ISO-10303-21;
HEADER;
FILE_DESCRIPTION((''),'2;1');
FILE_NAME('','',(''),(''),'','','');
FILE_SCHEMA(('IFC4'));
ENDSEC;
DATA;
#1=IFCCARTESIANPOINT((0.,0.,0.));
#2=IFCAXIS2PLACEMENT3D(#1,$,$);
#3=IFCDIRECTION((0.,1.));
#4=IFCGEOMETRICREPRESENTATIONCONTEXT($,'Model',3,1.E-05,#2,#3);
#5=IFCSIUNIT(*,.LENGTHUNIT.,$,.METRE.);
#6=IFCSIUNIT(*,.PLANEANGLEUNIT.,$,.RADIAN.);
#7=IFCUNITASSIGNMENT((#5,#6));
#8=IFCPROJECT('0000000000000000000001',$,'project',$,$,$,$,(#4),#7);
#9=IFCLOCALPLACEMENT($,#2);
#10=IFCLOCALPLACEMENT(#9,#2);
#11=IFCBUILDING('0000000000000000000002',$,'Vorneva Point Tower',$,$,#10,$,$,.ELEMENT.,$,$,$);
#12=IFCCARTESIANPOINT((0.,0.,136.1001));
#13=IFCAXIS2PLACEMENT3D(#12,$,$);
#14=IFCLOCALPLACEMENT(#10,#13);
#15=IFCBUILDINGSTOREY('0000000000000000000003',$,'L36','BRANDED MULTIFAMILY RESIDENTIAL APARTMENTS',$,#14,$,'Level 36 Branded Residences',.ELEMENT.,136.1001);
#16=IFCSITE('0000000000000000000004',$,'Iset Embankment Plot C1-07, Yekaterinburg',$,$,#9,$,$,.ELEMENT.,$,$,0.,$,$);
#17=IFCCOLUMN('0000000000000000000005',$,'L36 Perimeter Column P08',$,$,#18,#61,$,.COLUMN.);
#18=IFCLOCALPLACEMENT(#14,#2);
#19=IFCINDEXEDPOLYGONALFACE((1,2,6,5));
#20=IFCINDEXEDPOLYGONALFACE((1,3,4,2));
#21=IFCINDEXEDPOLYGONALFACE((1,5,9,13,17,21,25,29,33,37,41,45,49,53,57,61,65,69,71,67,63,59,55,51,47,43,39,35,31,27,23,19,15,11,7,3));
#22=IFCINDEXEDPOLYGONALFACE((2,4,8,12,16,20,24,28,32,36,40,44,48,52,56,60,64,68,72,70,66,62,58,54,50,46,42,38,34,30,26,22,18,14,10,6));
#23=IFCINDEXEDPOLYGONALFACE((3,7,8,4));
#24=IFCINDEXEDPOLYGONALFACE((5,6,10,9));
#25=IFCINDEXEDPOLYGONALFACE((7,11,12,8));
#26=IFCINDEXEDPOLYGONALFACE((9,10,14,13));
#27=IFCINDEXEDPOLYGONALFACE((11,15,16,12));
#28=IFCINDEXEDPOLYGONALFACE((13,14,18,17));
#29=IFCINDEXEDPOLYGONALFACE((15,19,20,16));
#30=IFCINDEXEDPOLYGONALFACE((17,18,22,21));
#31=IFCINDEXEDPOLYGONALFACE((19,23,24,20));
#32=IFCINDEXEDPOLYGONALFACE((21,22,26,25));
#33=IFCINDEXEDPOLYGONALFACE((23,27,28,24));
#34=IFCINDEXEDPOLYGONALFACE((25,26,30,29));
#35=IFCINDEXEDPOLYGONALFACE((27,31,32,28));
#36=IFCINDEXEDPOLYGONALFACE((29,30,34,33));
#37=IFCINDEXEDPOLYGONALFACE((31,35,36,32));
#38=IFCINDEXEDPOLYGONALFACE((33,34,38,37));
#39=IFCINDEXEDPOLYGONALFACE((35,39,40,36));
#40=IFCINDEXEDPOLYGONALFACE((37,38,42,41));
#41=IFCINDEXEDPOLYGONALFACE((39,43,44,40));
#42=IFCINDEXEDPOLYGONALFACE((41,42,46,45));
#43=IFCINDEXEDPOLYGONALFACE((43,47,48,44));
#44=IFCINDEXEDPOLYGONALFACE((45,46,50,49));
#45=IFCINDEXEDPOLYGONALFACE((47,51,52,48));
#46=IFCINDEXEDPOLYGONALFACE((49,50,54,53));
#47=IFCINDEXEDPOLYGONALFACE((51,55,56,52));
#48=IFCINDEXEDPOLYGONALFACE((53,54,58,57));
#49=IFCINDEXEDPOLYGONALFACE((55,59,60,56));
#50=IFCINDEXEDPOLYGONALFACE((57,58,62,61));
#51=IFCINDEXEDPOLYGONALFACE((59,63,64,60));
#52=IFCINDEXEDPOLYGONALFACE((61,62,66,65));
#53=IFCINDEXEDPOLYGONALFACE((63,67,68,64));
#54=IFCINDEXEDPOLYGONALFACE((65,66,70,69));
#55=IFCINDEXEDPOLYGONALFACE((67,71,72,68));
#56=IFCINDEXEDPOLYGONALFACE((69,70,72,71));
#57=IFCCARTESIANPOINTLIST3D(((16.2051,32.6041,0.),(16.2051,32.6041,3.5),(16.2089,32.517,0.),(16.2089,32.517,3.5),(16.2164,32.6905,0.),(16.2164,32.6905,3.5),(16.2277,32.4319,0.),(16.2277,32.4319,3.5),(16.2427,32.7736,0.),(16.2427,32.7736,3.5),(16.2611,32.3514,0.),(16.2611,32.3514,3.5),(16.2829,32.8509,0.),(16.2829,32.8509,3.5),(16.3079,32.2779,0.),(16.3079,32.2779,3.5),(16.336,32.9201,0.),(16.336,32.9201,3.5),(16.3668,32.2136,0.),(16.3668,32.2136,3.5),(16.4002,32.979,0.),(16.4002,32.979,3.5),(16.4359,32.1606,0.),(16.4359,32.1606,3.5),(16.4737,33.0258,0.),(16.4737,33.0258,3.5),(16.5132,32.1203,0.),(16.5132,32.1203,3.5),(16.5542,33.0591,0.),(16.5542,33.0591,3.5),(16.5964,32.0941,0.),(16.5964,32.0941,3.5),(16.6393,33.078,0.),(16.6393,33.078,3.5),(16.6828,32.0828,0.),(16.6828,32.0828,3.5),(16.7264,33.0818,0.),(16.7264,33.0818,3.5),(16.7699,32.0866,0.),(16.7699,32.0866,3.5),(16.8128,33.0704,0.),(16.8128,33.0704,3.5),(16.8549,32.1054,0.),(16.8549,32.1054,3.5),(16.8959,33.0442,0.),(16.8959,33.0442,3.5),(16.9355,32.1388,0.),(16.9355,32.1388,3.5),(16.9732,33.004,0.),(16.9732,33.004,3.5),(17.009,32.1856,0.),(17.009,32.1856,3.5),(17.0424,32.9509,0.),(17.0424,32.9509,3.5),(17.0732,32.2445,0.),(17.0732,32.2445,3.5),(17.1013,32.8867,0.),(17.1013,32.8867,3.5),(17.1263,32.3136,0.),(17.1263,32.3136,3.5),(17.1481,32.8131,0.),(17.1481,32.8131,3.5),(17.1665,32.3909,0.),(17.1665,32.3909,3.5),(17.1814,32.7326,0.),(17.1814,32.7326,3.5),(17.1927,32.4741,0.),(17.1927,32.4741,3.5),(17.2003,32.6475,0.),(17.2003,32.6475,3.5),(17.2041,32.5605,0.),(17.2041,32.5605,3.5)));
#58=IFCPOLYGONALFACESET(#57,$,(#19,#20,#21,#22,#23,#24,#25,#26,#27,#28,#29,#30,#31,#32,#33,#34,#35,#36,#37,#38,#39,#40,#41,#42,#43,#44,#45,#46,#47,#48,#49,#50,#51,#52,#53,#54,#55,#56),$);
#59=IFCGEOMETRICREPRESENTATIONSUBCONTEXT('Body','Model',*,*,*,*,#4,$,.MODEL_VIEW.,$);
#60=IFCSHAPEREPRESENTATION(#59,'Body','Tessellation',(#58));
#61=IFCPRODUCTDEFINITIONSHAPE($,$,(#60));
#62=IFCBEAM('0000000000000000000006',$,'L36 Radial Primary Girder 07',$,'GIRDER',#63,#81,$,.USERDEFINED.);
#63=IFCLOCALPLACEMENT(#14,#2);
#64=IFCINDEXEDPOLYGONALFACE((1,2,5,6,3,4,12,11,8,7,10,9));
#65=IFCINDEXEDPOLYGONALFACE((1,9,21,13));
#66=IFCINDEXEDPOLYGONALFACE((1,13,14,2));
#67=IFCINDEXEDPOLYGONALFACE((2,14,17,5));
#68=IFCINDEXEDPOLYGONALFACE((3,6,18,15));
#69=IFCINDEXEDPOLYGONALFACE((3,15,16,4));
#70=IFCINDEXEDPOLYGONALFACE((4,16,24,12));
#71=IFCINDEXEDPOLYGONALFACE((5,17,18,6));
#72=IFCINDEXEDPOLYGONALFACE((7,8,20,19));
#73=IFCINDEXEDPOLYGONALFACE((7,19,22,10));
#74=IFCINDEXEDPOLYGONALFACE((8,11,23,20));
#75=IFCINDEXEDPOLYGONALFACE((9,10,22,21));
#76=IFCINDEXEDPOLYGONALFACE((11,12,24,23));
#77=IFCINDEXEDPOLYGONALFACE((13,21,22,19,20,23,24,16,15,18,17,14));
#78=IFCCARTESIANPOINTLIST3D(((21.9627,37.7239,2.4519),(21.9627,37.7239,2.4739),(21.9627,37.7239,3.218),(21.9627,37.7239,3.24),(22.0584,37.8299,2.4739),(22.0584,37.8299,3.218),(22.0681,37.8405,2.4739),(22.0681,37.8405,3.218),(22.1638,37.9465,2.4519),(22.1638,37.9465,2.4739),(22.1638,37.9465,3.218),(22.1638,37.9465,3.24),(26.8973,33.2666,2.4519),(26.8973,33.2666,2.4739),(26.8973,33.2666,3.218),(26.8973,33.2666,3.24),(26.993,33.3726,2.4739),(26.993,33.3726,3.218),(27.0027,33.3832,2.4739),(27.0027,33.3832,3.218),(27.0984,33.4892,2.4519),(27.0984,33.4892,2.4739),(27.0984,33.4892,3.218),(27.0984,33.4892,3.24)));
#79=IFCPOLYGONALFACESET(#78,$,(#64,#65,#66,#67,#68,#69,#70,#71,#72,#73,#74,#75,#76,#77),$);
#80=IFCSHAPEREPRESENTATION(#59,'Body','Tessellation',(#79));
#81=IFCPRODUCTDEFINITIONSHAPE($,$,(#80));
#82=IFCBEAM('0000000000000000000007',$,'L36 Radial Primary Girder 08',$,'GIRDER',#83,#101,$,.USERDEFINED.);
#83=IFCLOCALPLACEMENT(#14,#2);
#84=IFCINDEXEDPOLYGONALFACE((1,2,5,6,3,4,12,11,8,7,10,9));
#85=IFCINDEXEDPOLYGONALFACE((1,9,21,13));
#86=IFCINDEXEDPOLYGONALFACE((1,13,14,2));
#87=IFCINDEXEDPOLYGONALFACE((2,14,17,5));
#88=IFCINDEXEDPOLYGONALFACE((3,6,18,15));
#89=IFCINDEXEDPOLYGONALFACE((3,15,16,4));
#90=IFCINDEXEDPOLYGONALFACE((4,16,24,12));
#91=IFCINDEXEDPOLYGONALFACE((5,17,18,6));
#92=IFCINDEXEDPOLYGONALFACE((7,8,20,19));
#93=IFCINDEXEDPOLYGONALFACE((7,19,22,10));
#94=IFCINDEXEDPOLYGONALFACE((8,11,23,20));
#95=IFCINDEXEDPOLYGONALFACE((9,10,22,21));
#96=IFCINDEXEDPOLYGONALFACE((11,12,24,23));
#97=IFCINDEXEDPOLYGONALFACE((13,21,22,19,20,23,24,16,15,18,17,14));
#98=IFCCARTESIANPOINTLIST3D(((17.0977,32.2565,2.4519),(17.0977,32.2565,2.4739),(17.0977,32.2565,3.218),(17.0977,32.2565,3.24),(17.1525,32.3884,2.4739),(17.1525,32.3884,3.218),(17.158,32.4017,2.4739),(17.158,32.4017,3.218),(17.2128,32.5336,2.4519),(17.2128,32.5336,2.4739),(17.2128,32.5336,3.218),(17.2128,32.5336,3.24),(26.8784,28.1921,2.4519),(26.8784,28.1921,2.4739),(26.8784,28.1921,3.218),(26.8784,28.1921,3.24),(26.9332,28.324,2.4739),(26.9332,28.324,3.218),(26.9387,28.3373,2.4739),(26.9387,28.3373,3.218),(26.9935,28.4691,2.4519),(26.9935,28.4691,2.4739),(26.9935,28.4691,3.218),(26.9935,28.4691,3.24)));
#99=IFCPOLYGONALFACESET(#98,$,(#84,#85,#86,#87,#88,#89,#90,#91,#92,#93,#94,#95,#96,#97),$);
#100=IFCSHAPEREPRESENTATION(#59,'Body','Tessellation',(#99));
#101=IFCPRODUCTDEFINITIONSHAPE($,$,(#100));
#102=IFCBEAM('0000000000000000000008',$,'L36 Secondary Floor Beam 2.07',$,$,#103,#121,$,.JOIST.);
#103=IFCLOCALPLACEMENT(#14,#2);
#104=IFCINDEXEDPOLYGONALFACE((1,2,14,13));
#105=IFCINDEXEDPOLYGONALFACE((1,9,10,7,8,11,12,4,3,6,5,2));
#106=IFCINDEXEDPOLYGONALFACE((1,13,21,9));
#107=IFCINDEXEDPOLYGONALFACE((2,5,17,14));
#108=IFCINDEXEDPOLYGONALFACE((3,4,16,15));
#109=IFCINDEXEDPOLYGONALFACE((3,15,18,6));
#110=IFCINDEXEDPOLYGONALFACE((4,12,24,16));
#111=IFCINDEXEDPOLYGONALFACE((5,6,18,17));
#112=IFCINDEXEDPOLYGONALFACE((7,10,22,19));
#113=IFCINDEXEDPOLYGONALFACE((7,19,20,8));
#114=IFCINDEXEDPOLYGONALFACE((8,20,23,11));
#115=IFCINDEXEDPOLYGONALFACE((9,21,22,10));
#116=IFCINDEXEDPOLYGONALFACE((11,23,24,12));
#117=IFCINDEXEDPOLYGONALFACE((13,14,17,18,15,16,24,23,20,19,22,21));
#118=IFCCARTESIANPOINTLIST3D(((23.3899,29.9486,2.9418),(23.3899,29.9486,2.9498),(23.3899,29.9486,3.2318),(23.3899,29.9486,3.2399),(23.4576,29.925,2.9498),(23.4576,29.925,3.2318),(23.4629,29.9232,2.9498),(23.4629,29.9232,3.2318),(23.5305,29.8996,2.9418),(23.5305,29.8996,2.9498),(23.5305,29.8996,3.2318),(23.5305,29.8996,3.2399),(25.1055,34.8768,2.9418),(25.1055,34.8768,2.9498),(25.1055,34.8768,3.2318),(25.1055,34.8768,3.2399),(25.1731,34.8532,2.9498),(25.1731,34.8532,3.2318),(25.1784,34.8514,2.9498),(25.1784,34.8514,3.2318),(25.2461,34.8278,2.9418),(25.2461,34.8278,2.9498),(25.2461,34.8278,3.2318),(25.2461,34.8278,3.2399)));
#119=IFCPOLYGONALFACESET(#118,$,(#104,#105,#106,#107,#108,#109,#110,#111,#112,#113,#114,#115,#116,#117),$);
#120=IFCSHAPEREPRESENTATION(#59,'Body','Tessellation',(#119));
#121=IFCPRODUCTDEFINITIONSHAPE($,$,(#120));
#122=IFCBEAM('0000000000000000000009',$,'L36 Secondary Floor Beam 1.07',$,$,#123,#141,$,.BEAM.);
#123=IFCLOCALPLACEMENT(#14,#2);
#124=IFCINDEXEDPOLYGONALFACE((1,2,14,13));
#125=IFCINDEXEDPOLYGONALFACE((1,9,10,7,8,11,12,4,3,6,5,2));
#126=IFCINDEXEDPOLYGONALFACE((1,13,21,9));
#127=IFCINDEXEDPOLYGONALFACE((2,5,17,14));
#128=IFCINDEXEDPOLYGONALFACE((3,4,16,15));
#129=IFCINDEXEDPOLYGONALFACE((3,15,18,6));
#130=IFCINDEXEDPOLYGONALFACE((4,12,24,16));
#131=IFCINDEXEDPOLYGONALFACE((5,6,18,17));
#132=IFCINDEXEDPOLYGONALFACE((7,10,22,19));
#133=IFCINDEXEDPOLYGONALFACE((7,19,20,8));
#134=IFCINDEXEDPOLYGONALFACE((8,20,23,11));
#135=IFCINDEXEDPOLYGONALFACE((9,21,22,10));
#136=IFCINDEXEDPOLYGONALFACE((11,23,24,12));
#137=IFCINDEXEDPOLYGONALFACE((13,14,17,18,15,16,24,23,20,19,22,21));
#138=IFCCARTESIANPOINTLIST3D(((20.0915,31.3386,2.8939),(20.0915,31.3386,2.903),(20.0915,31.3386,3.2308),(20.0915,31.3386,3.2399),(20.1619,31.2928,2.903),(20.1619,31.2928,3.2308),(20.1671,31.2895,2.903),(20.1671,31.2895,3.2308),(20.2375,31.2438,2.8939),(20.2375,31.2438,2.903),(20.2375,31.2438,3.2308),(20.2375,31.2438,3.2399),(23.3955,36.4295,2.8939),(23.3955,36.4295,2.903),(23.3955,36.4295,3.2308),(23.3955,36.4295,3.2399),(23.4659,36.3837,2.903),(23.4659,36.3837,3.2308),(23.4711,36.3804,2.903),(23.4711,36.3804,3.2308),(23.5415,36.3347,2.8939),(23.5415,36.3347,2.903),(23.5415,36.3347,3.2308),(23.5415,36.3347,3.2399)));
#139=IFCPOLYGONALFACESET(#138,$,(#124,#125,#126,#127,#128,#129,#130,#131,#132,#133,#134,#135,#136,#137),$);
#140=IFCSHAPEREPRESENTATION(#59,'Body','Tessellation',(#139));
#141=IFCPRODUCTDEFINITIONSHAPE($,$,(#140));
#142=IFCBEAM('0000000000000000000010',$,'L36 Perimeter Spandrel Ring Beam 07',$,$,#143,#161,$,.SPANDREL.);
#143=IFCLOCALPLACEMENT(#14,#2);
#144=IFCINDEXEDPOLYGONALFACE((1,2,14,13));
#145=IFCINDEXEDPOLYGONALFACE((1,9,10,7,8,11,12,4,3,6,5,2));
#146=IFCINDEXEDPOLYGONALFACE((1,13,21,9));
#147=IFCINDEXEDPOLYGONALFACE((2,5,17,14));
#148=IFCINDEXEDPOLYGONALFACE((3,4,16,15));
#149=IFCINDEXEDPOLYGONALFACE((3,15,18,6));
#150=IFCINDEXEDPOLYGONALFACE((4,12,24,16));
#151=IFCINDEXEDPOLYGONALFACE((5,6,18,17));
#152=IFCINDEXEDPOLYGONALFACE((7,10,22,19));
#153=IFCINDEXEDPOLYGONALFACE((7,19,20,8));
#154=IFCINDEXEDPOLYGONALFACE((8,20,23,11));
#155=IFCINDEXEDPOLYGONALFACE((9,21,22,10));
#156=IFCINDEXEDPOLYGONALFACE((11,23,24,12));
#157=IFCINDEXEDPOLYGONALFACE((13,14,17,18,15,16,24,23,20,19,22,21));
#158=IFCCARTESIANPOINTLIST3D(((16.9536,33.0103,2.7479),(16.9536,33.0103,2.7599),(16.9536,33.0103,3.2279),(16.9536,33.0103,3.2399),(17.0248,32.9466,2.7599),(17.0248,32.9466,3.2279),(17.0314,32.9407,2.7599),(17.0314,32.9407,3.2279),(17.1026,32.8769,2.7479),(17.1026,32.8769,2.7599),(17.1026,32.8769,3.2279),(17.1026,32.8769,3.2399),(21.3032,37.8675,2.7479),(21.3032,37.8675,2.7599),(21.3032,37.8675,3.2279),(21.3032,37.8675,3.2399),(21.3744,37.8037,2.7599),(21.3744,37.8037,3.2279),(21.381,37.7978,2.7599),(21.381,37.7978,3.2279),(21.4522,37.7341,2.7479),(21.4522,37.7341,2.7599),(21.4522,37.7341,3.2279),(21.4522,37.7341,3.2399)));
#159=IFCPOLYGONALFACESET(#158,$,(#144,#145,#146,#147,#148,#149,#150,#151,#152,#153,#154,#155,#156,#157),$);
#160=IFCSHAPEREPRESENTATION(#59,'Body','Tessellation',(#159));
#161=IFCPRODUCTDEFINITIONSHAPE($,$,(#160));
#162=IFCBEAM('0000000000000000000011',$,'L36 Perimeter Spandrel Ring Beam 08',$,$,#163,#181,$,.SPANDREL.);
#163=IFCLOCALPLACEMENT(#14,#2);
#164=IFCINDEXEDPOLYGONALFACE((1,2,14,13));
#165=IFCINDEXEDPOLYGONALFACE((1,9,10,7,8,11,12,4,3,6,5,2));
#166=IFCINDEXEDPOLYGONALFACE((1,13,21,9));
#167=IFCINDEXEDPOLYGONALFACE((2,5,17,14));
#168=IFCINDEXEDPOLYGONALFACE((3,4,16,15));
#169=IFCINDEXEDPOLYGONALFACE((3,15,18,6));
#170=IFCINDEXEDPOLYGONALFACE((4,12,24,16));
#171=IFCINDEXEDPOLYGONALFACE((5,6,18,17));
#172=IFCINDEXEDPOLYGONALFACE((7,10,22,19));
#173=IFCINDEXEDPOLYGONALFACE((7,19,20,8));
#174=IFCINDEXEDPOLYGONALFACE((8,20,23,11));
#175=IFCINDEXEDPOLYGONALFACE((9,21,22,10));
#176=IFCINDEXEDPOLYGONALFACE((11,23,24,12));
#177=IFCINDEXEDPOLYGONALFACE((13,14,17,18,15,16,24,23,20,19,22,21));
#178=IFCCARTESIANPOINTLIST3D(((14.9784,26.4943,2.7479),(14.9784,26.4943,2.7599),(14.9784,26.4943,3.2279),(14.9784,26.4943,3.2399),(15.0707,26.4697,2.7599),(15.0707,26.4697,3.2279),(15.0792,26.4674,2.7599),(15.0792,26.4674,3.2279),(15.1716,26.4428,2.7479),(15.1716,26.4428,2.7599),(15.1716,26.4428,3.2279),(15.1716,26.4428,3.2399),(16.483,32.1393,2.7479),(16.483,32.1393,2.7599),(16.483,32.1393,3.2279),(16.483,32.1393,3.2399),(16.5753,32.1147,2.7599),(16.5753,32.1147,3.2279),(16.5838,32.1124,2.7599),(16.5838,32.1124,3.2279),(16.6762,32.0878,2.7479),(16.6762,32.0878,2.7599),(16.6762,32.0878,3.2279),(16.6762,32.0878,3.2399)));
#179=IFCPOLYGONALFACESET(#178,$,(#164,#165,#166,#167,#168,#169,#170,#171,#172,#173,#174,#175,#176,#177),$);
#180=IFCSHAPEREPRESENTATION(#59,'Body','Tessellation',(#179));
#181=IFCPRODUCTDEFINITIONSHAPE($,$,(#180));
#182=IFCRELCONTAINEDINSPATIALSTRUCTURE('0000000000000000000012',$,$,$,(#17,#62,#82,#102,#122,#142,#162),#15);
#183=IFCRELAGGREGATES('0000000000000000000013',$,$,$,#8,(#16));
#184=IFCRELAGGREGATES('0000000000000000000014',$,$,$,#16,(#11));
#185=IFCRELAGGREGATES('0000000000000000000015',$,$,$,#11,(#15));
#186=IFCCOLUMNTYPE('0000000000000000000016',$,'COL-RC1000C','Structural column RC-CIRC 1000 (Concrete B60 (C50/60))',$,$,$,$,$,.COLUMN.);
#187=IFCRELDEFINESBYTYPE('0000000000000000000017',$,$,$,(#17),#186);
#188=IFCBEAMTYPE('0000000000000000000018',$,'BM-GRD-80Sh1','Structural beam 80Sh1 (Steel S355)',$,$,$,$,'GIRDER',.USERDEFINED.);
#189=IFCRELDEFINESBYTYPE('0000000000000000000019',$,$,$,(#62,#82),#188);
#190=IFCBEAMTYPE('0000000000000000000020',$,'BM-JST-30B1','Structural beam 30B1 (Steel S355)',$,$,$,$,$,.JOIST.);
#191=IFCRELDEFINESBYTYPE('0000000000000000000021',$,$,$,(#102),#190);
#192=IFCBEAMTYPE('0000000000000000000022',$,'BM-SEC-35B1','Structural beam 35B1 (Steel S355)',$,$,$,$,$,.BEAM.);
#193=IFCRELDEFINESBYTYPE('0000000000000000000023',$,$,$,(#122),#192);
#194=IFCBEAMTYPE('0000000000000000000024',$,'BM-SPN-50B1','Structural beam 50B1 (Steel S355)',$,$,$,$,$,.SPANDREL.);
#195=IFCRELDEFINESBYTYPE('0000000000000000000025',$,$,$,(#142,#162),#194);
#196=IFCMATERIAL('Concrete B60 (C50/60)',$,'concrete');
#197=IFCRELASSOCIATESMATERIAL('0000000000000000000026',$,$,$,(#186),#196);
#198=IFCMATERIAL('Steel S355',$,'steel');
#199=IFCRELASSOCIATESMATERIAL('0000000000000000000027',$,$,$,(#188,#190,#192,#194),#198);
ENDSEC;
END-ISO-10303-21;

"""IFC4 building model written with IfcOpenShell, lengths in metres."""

from ifc_helpers import new_model, si_unit, direction, frame, origin, origin_2d, place, context, subcontext, project, spatial, circle, i_section, extrude, material, material_profile, profile_set, type_object, element, save


model = new_model("IFC4")

# Units and contexts
model_context = context("Model", 3, precision=1e-05, world=origin(), true_north=direction((0.0, 1.0)))
body_context = subcontext(model_context, "Body", "Model", "MODEL_VIEW")
ifc_project = project(units=[si_unit("LENGTHUNIT", "METRE"), si_unit("PLANEANGLEUNIT", "RADIAN")], contexts=[model_context])

# Site, building, storey
site_placement = place(None, origin())
site = spatial("IfcSite", under=ifc_project, at=site_placement, Name="Iset Embankment Plot C1-07, Yekaterinburg", CompositionType="ELEMENT", RefElevation=0.0)
building_placement = place(site_placement, origin())
building = spatial("IfcBuilding", under=site, at=building_placement, Name="Vorneva Point Tower", CompositionType="ELEMENT")
storey_placement = place(building_placement, frame((0.0, 0.0, 136.1001)))
storey = spatial("IfcBuildingStorey", under=building, at=storey_placement, Name="L36", Description="BRANDED MULTIFAMILY RESIDENTIAL APARTMENTS", LongName="Level 36 Branded Residences", CompositionType="ELEMENT", Elevation=136.1001)

# Column
ifc_material_1 = material(Name="Concrete B60 (C50/60)", Category="concrete")
ifc_material_profile_1 = material_profile(ifc_material_1, circle(Radius=0.5, at=origin_2d()), Name="RC-CIRC 1000")
ifc_profile_set_1 = profile_set([ifc_material_profile_1], Name="Concrete B60 (C50/60)")
column_type = type_object("IfcColumnType", Name="COL-RC1000C", Description="Structural column RC-CIRC 1000 (Concrete B60 (C50/60))", PredefinedType="COLUMN", material=ifc_profile_set_1)
for number, where, z_axis, x_axis, name in (
    (1, (16.7046, 32.5823, 0.0), (0.0, 0.0, 1.0), (-0.92388, 0.382683, 0.0), "L36 Perimeter Column P08"),
):
    element("IfcColumn", number, at=place(storey_placement, frame(where, z_axis=z_axis, x_axis=x_axis)), inside=storey, type_object=column_type, Name=name, PredefinedType="COLUMN", context=body_context, shape_type="SweptSolid", body=[
        extrude(circle(Radius=0.5, at=origin_2d()), origin(), (0.0, 0.0, 1.0), 3.5),
    ])

# Beams
ifc_material_2 = material(Name="Steel S355", Category="steel")
ifc_material_profile_2 = material_profile(ifc_material_2, i_section(OverallWidth=0.3, OverallDepth=0.7881, WebThickness=0.0144, FlangeThickness=0.022, at=origin_2d()), Name="80Sh1")
ifc_profile_set_2 = profile_set([ifc_material_profile_2], Name="Steel S355")
beam_type_1 = type_object("IfcBeamType", Name="BM-GRD-80Sh1", Description="Structural beam 80Sh1 (Steel S355)", ElementType="GIRDER", PredefinedType="USERDEFINED", material=ifc_profile_set_2)
beam_1_placement = place(storey_placement, frame((22.0632, 37.8352, 2.8459), z_axis=(0.742084, -0.670306, 0.0), x_axis=(0.670306, 0.742084, 0.0)))
element("IfcBeam", 2, at=beam_1_placement, inside=storey, type_object=beam_type_1, Name="L36 Radial Primary Girder 07", ObjectType="GIRDER", PredefinedType="USERDEFINED", context=body_context, shape_type="SweptSolid", body=[
    extrude(i_section(OverallWidth=0.3, OverallDepth=0.7881, WebThickness=0.0144, FlangeThickness=0.022, at=origin_2d()), origin(), (0.0, 0.0, 1.0), 6.6497),
])
beam_2_placement = place(storey_placement, frame((17.1553, 32.395, 2.8459), z_axis=(0.923441, -0.383741, 0.0), x_axis=(0.383741, 0.923441, 0.0)))
element("IfcBeam", 3, at=beam_2_placement, inside=storey, type_object=beam_type_1, Name="L36 Radial Primary Girder 08", ObjectType="GIRDER", PredefinedType="USERDEFINED", context=body_context, shape_type="SweptSolid", body=[
    extrude(i_section(OverallWidth=0.3, OverallDepth=0.7881, WebThickness=0.0144, FlangeThickness=0.022, at=origin_2d()), origin(), (0.0, 0.0, 1.0), 10.5916),
])
ifc_material_profile_3 = material_profile(ifc_material_2, i_section(OverallWidth=0.1489, OverallDepth=0.2981, WebThickness=0.0056, FlangeThickness=0.0081, at=origin_2d()), Name="30B1")
ifc_profile_set_3 = profile_set([ifc_material_profile_3], Name="Steel S355")
beam_type_2 = type_object("IfcBeamType", Name="BM-JST-30B1", Description="Structural beam 30B1 (Steel S355)", PredefinedType="JOIST", material=ifc_profile_set_3)
beam_3_placement = place(storey_placement, frame((25.1758, 34.8523, 3.0908), z_axis=(-0.328762, -0.944413, 0.0), x_axis=(0.944413, -0.328762, 0.0)))
element("IfcBeam", 4, at=beam_3_placement, inside=storey, type_object=beam_type_2, Name="L36 Secondary Floor Beam 2.07", PredefinedType="JOIST", context=body_context, shape_type="SweptSolid", body=[
    extrude(i_section(OverallWidth=0.1489, OverallDepth=0.2981, WebThickness=0.0056, FlangeThickness=0.0081, at=origin_2d()), origin(), (0.0, 0.0, 1.0), 5.2183),
])
ifc_material_profile_4 = material_profile(ifc_material_2, i_section(OverallWidth=0.1741, OverallDepth=0.3459, WebThickness=0.0061, FlangeThickness=0.009, at=origin_2d()), Name="35B1")
ifc_profile_set_4 = profile_set([ifc_material_profile_4], Name="Steel S355")
beam_type_3 = type_object("IfcBeamType", Name="BM-SEC-35B1", Description="Structural beam 35B1 (Steel S355)", PredefinedType="BEAM", material=ifc_profile_set_4)
beam_4_placement = place(storey_placement, frame((23.4685, 36.3821, 3.0669), z_axis=(-0.5444, -0.838826, 0.0), x_axis=(0.838826, -0.5444, 0.0)))
element("IfcBeam", 5, at=beam_4_placement, inside=storey, type_object=beam_type_3, Name="L36 Secondary Floor Beam 1.07", PredefinedType="BEAM", context=body_context, shape_type="SweptSolid", body=[
    extrude(i_section(OverallWidth=0.1741, OverallDepth=0.3459, WebThickness=0.0061, FlangeThickness=0.009, at=origin_2d()), origin(), (0.0, 0.0, 1.0), 6.0691),
])
ifc_material_profile_5 = material_profile(ifc_material_2, i_section(OverallWidth=0.2, OverallDepth=0.4919, WebThickness=0.0088, FlangeThickness=0.012, at=origin_2d()), Name="50B1")
ifc_profile_set_5 = profile_set([ifc_material_profile_5], Name="Steel S355")
beam_type_4 = type_object("IfcBeamType", Name="BM-SPN-50B1", Description="Structural beam 50B1 (Steel S355)", PredefinedType="SPANDREL", material=ifc_profile_set_5)
beam_5_placement = place(storey_placement, frame((21.3777, 37.8008, 2.9939), z_axis=(-0.667111, -0.744958, 0.0), x_axis=(0.744958, -0.667111, 0.0)))
element("IfcBeam", 6, at=beam_5_placement, inside=storey, type_object=beam_type_4, Name="L36 Perimeter Spandrel Ring Beam 07", PredefinedType="SPANDREL", context=body_context, shape_type="SweptSolid", body=[
    extrude(i_section(OverallWidth=0.2, OverallDepth=0.4919, WebThickness=0.0088, FlangeThickness=0.012, at=origin_2d()), origin(), (0.0, 0.0, 1.0), 6.52),
])
beam_6_placement = place(storey_placement, frame((16.5796, 32.1135, 2.9939), z_axis=(-0.257551, -0.966265, 0.0), x_axis=(0.966265, -0.257551, 0.0)))
element("IfcBeam", 7, at=beam_6_placement, inside=storey, type_object=beam_type_4, Name="L36 Perimeter Spandrel Ring Beam 08", PredefinedType="SPANDREL", context=body_context, shape_type="SweptSolid", body=[
    extrude(i_section(OverallWidth=0.2, OverallDepth=0.4919, WebThickness=0.0088, FlangeThickness=0.012, at=origin_2d()), origin(), (0.0, 0.0, 1.0), 5.842),
])

save(model, "model.ifc")
